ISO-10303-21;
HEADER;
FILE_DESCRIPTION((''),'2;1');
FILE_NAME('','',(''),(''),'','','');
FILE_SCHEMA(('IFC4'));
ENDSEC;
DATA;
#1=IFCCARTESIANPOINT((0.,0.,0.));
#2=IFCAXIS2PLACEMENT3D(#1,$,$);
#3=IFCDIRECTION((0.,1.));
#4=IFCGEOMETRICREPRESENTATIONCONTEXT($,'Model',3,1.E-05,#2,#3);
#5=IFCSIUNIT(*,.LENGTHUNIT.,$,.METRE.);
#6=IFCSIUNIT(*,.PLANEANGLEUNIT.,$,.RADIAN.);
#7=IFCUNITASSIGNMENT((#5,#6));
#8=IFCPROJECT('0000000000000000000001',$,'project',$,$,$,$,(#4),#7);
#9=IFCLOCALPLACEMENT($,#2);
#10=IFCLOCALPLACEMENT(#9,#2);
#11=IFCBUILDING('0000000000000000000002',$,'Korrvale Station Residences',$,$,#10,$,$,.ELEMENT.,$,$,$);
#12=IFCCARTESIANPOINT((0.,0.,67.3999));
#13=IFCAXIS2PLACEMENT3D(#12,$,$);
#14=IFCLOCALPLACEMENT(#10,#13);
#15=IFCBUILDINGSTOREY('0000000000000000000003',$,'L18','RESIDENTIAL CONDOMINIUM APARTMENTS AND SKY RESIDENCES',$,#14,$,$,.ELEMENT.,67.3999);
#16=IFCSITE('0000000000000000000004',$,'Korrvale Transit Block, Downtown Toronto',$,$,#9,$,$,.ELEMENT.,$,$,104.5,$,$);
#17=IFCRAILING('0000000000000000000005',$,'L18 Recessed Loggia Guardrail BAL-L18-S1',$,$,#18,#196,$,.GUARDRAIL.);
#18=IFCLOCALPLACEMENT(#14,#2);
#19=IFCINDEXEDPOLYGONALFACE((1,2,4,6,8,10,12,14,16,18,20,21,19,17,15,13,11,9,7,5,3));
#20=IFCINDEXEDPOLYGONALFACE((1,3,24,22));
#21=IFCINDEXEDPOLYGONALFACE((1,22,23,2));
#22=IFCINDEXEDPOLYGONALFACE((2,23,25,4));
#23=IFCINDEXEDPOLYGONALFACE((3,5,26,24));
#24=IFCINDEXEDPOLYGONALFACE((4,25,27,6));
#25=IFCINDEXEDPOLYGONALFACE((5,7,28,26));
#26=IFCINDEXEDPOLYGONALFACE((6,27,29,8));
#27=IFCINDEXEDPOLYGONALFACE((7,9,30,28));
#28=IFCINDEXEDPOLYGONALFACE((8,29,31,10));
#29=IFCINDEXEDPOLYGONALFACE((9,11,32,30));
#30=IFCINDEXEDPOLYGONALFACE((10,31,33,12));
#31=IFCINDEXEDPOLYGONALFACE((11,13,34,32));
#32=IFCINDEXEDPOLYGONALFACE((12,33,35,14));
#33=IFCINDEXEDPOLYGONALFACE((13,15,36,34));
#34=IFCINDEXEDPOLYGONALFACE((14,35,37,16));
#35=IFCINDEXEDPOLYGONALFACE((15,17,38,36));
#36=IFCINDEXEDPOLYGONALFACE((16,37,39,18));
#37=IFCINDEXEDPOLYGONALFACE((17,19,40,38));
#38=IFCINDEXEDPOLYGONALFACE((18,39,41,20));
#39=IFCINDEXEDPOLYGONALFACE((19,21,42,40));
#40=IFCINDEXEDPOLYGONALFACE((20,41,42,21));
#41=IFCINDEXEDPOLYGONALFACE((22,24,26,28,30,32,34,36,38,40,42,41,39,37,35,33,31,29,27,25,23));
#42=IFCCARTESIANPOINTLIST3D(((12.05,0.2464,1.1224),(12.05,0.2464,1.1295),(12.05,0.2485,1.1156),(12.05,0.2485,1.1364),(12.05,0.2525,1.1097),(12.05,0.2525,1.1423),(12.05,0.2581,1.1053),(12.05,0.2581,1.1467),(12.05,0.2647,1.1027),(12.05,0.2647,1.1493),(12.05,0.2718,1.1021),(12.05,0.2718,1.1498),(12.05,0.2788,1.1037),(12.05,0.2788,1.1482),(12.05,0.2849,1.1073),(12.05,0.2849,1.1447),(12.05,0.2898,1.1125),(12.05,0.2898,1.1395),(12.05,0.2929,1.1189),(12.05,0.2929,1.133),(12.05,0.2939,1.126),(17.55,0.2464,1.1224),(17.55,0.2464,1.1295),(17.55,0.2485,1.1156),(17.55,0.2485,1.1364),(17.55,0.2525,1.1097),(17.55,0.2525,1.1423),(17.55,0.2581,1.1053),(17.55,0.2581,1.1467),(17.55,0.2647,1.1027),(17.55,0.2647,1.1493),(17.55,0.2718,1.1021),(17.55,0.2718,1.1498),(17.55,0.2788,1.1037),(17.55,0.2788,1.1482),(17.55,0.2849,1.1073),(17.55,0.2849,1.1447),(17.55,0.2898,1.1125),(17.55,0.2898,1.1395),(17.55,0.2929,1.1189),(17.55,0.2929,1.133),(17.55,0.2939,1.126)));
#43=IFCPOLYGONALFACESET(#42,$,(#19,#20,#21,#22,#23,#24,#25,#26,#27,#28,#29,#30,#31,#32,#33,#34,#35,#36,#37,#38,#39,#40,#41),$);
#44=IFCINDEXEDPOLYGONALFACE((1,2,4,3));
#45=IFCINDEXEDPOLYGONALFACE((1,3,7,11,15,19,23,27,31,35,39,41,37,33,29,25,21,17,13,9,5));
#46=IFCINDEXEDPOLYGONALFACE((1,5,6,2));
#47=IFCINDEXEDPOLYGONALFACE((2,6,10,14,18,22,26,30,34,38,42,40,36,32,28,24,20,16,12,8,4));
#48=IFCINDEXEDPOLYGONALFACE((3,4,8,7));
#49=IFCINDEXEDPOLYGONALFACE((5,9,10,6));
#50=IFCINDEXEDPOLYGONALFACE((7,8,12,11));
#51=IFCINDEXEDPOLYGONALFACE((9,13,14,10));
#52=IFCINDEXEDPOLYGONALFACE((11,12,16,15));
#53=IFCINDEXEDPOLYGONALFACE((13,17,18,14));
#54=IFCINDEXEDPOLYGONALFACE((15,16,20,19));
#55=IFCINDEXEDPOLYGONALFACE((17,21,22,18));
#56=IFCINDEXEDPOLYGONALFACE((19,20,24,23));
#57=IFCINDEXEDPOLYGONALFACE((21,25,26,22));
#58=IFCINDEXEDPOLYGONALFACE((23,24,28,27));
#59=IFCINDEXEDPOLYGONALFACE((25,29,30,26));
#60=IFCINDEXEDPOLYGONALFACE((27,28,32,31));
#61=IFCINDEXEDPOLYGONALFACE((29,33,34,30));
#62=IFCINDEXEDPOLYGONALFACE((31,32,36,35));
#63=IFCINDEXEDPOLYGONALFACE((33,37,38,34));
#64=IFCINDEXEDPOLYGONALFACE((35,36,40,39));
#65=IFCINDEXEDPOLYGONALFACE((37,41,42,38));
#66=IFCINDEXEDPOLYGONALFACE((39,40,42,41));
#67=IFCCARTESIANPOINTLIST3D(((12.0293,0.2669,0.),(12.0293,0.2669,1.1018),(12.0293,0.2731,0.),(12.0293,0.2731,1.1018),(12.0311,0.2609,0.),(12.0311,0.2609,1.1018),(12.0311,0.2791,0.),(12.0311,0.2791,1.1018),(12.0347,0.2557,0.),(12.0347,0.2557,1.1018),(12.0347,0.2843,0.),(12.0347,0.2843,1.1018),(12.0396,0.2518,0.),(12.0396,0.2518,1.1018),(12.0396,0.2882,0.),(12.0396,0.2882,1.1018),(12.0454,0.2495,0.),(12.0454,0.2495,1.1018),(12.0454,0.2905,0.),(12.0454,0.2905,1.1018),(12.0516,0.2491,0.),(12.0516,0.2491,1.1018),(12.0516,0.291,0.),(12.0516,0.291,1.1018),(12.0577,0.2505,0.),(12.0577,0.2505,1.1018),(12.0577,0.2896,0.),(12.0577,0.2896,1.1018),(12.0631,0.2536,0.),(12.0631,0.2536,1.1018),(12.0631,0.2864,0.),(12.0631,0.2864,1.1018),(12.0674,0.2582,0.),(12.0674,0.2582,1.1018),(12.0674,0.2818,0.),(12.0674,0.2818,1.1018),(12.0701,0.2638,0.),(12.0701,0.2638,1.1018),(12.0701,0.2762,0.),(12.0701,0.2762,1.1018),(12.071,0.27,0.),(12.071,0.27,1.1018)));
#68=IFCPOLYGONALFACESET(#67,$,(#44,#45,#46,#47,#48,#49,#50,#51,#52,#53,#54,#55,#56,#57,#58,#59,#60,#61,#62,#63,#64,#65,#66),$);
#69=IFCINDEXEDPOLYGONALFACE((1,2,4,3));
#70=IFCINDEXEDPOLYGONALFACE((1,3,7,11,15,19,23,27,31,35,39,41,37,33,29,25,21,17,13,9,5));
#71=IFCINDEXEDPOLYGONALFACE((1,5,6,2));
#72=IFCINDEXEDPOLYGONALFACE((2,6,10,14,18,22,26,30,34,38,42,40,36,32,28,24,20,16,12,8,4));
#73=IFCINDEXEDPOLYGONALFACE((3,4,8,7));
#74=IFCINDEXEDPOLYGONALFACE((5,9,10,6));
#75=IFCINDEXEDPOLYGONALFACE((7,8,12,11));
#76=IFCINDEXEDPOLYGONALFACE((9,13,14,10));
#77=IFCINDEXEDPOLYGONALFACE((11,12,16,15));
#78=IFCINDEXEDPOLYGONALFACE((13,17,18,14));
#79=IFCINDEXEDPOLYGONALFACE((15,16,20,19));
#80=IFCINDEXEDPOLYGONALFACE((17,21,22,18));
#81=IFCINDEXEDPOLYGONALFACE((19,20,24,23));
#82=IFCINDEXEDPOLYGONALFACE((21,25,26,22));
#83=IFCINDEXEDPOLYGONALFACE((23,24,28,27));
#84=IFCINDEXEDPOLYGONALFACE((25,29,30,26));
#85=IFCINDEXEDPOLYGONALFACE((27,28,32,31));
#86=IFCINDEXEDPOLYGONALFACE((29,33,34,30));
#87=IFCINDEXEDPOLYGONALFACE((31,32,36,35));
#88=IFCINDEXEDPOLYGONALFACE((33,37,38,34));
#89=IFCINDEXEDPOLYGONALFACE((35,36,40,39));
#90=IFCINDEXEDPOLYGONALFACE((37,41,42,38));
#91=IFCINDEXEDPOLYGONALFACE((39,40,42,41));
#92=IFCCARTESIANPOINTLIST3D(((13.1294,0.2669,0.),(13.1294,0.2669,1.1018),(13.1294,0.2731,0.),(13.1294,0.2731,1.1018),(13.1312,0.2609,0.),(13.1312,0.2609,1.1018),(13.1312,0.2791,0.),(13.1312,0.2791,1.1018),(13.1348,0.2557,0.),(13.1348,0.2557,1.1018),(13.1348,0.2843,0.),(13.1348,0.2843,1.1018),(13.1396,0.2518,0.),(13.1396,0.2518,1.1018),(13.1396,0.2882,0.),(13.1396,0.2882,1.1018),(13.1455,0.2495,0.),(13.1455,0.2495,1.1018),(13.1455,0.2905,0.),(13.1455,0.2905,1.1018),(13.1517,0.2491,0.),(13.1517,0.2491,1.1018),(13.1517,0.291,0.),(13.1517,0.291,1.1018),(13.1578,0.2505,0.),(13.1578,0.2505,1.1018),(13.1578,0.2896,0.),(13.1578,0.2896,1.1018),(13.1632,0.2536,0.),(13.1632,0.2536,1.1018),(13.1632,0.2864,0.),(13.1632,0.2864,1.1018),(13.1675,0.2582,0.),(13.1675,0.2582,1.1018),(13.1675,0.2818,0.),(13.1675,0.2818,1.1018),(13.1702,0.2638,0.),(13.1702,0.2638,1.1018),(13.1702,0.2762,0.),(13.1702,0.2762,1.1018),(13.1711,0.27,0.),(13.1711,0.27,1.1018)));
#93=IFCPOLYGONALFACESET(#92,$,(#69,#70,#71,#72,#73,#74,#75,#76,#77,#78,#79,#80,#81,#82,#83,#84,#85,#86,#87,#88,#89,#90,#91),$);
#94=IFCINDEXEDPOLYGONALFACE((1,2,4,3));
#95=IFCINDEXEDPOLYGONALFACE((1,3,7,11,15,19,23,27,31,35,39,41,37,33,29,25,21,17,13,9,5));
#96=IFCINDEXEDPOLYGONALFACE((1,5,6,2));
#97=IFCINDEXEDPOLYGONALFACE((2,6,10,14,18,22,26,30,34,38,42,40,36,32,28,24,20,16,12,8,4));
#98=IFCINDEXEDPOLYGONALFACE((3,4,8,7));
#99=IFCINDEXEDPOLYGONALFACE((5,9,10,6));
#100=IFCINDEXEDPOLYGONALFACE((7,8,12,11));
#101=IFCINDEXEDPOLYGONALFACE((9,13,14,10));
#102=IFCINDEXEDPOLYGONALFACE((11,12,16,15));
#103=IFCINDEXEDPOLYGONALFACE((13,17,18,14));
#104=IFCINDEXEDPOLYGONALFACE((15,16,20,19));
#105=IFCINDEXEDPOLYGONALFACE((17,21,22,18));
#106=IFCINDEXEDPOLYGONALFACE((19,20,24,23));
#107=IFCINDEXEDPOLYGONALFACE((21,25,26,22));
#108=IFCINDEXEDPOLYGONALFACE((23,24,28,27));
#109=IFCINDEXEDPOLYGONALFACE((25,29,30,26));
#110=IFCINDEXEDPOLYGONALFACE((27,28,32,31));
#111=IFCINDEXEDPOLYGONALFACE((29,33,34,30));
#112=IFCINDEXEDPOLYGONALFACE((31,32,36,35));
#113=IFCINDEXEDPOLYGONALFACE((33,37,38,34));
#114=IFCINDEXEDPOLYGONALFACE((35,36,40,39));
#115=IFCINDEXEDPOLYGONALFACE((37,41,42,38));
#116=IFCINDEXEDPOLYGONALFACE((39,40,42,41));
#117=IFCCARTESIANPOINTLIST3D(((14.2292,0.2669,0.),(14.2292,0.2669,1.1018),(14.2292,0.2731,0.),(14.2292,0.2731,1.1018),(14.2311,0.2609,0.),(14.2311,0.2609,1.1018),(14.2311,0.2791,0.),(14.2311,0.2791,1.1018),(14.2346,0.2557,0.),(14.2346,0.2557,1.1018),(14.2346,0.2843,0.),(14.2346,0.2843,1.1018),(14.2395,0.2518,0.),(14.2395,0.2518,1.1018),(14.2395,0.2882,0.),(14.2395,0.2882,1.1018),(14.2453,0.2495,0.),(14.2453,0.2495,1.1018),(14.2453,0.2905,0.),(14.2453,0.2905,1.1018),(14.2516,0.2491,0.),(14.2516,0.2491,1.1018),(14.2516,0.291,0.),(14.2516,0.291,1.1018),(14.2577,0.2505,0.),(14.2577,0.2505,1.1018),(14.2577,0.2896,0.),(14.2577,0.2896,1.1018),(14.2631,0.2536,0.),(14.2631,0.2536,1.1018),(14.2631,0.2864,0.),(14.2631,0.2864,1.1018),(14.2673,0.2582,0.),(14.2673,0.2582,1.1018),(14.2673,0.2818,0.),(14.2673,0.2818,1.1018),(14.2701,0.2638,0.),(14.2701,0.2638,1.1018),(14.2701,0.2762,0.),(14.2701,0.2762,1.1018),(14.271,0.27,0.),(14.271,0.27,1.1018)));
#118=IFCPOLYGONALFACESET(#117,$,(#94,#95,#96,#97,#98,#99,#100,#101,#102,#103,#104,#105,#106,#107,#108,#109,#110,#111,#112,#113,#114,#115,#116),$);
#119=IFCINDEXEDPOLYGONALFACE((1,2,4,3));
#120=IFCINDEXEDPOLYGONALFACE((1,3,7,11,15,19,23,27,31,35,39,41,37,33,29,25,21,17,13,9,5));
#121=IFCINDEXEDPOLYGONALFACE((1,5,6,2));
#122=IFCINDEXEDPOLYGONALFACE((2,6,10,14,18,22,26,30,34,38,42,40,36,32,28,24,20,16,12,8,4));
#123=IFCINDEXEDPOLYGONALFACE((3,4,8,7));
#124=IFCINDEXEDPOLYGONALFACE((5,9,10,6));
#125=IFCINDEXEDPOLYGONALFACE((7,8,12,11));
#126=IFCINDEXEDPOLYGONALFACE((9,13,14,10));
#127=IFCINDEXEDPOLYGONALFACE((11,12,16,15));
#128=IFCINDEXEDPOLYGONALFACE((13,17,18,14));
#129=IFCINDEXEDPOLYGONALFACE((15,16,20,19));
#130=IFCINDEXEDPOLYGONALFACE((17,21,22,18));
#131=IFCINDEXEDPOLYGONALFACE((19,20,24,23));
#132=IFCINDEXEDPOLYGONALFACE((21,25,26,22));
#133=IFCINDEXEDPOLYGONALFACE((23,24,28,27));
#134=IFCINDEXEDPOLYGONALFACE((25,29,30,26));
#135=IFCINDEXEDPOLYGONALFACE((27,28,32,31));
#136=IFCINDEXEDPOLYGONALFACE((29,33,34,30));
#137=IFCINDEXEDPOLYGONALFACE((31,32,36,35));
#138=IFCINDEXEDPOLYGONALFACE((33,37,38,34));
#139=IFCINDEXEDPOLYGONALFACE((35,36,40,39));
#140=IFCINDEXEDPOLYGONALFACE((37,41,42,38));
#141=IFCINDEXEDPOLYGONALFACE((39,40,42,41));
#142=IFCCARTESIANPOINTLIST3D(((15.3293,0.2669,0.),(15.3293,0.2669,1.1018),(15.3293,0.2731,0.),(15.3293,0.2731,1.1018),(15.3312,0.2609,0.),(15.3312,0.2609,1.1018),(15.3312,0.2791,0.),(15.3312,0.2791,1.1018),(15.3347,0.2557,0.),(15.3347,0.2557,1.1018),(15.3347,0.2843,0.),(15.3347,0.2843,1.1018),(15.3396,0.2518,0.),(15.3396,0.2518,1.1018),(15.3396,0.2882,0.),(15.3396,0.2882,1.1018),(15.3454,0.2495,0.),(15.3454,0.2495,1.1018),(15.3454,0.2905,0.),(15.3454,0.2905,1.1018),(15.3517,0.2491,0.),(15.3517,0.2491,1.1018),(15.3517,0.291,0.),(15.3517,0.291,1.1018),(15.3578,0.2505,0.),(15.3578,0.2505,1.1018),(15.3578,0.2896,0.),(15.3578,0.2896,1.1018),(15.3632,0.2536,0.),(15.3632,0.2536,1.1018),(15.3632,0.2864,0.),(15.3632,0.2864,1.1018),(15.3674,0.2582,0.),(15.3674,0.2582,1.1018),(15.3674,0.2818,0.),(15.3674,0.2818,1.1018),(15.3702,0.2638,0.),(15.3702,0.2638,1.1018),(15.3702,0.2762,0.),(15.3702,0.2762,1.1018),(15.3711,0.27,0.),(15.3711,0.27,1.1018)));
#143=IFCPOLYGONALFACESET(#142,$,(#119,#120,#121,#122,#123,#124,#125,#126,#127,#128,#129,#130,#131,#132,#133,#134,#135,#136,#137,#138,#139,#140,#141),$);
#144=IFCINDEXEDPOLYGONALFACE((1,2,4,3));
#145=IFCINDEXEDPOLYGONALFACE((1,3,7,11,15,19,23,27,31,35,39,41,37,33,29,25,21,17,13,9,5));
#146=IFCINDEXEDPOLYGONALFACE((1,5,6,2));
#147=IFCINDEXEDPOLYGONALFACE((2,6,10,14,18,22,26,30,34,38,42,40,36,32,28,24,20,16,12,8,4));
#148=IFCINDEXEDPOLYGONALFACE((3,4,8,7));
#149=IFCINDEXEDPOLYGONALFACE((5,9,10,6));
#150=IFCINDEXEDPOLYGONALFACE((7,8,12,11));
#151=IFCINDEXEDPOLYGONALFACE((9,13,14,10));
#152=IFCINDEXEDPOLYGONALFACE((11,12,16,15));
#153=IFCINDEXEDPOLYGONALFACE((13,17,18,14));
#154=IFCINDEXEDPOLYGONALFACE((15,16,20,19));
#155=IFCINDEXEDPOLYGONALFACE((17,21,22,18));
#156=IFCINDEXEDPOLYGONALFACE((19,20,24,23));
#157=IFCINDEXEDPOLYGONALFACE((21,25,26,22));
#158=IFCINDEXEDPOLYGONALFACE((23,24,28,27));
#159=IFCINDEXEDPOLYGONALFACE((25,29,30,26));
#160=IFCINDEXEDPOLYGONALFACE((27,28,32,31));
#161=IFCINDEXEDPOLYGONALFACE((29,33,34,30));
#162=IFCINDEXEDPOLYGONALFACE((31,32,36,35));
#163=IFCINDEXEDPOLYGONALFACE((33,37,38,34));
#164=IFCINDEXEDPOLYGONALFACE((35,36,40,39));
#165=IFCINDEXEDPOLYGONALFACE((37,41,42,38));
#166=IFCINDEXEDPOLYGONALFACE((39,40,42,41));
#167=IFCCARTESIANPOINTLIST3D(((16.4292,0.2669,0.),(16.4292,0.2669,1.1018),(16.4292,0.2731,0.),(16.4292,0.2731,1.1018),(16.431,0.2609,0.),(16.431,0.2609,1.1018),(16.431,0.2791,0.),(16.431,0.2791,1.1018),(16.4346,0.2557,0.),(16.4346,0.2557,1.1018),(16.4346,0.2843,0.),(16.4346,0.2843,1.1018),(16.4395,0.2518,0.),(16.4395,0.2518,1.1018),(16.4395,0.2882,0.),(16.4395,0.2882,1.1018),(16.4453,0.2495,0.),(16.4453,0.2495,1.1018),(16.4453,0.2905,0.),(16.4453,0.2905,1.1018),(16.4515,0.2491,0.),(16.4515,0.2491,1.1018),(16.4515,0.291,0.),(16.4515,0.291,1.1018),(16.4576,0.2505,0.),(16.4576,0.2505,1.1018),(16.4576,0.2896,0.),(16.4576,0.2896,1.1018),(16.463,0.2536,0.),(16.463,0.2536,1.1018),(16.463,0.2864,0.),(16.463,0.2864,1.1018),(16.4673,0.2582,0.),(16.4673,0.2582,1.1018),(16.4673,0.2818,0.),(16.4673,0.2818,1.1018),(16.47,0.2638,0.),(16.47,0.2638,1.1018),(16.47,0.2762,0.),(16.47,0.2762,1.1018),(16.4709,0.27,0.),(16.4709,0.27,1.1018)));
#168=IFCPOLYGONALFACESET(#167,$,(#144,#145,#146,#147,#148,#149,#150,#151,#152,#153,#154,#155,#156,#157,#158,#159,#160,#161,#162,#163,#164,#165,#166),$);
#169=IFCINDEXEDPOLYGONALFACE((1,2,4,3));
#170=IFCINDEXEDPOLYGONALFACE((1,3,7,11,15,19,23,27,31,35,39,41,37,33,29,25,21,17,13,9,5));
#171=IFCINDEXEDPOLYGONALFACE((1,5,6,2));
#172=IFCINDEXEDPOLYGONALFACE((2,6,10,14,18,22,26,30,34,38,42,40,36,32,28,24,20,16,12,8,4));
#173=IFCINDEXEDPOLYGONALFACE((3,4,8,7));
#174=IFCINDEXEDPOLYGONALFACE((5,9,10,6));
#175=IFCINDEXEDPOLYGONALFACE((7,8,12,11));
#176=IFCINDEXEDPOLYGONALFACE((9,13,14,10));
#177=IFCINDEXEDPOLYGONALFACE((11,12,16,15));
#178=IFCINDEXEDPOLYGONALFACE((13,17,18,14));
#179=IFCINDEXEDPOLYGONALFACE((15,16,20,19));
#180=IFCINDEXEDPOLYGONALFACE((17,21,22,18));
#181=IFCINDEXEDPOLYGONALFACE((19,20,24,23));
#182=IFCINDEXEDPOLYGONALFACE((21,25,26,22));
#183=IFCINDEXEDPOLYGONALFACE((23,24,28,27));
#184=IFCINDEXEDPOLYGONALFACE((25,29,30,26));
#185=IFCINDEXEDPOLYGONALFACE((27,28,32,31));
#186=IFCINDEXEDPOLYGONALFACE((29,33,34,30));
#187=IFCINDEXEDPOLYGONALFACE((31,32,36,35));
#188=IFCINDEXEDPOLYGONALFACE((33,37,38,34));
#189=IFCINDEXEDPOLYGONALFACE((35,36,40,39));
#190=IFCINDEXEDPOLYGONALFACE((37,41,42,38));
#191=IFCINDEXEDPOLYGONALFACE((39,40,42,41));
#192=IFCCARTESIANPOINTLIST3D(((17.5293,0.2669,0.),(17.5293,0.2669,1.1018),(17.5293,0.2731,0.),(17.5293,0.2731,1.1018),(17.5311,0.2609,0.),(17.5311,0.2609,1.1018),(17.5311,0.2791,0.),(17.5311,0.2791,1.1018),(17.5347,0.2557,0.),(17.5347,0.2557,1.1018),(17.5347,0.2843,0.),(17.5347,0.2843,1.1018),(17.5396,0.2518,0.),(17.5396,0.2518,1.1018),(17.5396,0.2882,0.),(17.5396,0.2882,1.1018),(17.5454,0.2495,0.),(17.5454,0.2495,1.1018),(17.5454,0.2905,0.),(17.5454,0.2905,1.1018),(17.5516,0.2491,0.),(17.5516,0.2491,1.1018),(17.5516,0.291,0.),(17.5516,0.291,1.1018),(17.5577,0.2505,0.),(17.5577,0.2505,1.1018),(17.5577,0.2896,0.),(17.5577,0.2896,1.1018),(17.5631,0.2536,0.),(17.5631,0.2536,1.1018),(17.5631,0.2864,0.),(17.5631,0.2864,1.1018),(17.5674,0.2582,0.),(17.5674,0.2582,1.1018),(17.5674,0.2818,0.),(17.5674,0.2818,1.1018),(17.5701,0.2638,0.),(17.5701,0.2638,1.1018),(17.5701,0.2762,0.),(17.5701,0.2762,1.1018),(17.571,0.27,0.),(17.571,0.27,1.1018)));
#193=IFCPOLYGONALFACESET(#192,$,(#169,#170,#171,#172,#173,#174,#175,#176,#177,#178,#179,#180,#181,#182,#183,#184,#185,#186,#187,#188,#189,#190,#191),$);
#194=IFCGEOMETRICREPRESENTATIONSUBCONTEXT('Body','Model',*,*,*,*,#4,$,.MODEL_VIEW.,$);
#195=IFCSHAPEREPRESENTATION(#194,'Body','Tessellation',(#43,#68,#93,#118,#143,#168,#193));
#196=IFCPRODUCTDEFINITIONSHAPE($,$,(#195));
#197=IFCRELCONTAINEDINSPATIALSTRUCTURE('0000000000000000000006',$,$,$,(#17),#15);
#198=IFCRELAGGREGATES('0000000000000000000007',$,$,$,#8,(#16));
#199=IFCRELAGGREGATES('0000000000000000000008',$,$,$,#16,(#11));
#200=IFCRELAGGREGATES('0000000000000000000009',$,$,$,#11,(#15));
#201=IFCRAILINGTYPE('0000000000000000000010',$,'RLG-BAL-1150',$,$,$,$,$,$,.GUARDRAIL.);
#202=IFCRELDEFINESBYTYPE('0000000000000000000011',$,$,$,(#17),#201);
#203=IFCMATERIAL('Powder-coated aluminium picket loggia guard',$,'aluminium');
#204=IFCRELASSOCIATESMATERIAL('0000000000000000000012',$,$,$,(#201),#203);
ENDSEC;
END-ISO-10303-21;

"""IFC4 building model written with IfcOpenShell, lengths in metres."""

from ifc_helpers import new_model, si_unit, direction, frame, origin, origin_2d, place, context, subcontext, project, spatial, circle, extrude, material, type_object, element, save


model = new_model("IFC4")

# Units and contexts
model_context = context("Model", 3, precision=1e-05, world=origin(), true_north=direction((0.0, 1.0)))
body_context = subcontext(model_context, "Body", "Model", "MODEL_VIEW")
ifc_project = project(units=[si_unit("LENGTHUNIT", "METRE"), si_unit("PLANEANGLEUNIT", "RADIAN")], contexts=[model_context])

# Site, building, storey
site_placement = place(None, origin())
site = spatial("IfcSite", under=ifc_project, at=site_placement, Name="Korrvale Transit Block, Downtown Toronto", CompositionType="ELEMENT", RefElevation=104.5)
building_placement = place(site_placement, origin())
building = spatial("IfcBuilding", under=site, at=building_placement, Name="Korrvale Station Residences", CompositionType="ELEMENT")
storey_placement = place(building_placement, frame((0.0, 0.0, 67.3999)))
storey = spatial("IfcBuildingStorey", under=building, at=storey_placement, Name="L18", Description="RESIDENTIAL CONDOMINIUM APARTMENTS AND SKY RESIDENCES", CompositionType="ELEMENT", Elevation=67.3999)

# Railing
ifc_material_1 = material(Name="Powder-coated aluminium picket loggia guard", Category="aluminium")
railing_type = type_object("IfcRailingType", Name="RLG-BAL-1150", PredefinedType="GUARDRAIL", material=ifc_material_1)
railing_placement = place(storey_placement, frame((12.05, 0.27, 0.0)))
element("IfcRailing", 1, at=railing_placement, inside=storey, type_object=railing_type, Name="L18 Recessed Loggia Guardrail BAL-L18-S1", PredefinedType="GUARDRAIL", context=body_context, shape_type="SweptSolid", body=[
    extrude(circle(Radius=0.0239, at=origin_2d()), frame((0.0, 0.0, 1.126), z_axis=(1.0, 0.0, 0.0), x_axis=(0.0, 1.0, 0.0)), (0.0, 0.0, 1.0), 5.5),
    extrude(circle(Radius=0.021, at=origin_2d()), origin(), (0.0, 0.0, 1.0), 1.1018),
    extrude(circle(Radius=0.021, at=origin_2d()), frame((1.1001, 0.0, 0.0)), (0.0, 0.0, 1.0), 1.1018),
    extrude(circle(Radius=0.021, at=origin_2d()), frame((2.2, 0.0, 0.0)), (0.0, 0.0, 1.0), 1.1018),
    extrude(circle(Radius=0.021, at=origin_2d()), frame((3.3, 0.0, 0.0)), (0.0, 0.0, 1.0), 1.1018),
    extrude(circle(Radius=0.021, at=origin_2d()), frame((4.3999, 0.0, 0.0)), (0.0, 0.0, 1.0), 1.1018),
    extrude(circle(Radius=0.021, at=origin_2d()), frame((5.5, 0.0, 0.0)), (0.0, 0.0, 1.0), 1.1018),
])

save(model, "model.ifc")
